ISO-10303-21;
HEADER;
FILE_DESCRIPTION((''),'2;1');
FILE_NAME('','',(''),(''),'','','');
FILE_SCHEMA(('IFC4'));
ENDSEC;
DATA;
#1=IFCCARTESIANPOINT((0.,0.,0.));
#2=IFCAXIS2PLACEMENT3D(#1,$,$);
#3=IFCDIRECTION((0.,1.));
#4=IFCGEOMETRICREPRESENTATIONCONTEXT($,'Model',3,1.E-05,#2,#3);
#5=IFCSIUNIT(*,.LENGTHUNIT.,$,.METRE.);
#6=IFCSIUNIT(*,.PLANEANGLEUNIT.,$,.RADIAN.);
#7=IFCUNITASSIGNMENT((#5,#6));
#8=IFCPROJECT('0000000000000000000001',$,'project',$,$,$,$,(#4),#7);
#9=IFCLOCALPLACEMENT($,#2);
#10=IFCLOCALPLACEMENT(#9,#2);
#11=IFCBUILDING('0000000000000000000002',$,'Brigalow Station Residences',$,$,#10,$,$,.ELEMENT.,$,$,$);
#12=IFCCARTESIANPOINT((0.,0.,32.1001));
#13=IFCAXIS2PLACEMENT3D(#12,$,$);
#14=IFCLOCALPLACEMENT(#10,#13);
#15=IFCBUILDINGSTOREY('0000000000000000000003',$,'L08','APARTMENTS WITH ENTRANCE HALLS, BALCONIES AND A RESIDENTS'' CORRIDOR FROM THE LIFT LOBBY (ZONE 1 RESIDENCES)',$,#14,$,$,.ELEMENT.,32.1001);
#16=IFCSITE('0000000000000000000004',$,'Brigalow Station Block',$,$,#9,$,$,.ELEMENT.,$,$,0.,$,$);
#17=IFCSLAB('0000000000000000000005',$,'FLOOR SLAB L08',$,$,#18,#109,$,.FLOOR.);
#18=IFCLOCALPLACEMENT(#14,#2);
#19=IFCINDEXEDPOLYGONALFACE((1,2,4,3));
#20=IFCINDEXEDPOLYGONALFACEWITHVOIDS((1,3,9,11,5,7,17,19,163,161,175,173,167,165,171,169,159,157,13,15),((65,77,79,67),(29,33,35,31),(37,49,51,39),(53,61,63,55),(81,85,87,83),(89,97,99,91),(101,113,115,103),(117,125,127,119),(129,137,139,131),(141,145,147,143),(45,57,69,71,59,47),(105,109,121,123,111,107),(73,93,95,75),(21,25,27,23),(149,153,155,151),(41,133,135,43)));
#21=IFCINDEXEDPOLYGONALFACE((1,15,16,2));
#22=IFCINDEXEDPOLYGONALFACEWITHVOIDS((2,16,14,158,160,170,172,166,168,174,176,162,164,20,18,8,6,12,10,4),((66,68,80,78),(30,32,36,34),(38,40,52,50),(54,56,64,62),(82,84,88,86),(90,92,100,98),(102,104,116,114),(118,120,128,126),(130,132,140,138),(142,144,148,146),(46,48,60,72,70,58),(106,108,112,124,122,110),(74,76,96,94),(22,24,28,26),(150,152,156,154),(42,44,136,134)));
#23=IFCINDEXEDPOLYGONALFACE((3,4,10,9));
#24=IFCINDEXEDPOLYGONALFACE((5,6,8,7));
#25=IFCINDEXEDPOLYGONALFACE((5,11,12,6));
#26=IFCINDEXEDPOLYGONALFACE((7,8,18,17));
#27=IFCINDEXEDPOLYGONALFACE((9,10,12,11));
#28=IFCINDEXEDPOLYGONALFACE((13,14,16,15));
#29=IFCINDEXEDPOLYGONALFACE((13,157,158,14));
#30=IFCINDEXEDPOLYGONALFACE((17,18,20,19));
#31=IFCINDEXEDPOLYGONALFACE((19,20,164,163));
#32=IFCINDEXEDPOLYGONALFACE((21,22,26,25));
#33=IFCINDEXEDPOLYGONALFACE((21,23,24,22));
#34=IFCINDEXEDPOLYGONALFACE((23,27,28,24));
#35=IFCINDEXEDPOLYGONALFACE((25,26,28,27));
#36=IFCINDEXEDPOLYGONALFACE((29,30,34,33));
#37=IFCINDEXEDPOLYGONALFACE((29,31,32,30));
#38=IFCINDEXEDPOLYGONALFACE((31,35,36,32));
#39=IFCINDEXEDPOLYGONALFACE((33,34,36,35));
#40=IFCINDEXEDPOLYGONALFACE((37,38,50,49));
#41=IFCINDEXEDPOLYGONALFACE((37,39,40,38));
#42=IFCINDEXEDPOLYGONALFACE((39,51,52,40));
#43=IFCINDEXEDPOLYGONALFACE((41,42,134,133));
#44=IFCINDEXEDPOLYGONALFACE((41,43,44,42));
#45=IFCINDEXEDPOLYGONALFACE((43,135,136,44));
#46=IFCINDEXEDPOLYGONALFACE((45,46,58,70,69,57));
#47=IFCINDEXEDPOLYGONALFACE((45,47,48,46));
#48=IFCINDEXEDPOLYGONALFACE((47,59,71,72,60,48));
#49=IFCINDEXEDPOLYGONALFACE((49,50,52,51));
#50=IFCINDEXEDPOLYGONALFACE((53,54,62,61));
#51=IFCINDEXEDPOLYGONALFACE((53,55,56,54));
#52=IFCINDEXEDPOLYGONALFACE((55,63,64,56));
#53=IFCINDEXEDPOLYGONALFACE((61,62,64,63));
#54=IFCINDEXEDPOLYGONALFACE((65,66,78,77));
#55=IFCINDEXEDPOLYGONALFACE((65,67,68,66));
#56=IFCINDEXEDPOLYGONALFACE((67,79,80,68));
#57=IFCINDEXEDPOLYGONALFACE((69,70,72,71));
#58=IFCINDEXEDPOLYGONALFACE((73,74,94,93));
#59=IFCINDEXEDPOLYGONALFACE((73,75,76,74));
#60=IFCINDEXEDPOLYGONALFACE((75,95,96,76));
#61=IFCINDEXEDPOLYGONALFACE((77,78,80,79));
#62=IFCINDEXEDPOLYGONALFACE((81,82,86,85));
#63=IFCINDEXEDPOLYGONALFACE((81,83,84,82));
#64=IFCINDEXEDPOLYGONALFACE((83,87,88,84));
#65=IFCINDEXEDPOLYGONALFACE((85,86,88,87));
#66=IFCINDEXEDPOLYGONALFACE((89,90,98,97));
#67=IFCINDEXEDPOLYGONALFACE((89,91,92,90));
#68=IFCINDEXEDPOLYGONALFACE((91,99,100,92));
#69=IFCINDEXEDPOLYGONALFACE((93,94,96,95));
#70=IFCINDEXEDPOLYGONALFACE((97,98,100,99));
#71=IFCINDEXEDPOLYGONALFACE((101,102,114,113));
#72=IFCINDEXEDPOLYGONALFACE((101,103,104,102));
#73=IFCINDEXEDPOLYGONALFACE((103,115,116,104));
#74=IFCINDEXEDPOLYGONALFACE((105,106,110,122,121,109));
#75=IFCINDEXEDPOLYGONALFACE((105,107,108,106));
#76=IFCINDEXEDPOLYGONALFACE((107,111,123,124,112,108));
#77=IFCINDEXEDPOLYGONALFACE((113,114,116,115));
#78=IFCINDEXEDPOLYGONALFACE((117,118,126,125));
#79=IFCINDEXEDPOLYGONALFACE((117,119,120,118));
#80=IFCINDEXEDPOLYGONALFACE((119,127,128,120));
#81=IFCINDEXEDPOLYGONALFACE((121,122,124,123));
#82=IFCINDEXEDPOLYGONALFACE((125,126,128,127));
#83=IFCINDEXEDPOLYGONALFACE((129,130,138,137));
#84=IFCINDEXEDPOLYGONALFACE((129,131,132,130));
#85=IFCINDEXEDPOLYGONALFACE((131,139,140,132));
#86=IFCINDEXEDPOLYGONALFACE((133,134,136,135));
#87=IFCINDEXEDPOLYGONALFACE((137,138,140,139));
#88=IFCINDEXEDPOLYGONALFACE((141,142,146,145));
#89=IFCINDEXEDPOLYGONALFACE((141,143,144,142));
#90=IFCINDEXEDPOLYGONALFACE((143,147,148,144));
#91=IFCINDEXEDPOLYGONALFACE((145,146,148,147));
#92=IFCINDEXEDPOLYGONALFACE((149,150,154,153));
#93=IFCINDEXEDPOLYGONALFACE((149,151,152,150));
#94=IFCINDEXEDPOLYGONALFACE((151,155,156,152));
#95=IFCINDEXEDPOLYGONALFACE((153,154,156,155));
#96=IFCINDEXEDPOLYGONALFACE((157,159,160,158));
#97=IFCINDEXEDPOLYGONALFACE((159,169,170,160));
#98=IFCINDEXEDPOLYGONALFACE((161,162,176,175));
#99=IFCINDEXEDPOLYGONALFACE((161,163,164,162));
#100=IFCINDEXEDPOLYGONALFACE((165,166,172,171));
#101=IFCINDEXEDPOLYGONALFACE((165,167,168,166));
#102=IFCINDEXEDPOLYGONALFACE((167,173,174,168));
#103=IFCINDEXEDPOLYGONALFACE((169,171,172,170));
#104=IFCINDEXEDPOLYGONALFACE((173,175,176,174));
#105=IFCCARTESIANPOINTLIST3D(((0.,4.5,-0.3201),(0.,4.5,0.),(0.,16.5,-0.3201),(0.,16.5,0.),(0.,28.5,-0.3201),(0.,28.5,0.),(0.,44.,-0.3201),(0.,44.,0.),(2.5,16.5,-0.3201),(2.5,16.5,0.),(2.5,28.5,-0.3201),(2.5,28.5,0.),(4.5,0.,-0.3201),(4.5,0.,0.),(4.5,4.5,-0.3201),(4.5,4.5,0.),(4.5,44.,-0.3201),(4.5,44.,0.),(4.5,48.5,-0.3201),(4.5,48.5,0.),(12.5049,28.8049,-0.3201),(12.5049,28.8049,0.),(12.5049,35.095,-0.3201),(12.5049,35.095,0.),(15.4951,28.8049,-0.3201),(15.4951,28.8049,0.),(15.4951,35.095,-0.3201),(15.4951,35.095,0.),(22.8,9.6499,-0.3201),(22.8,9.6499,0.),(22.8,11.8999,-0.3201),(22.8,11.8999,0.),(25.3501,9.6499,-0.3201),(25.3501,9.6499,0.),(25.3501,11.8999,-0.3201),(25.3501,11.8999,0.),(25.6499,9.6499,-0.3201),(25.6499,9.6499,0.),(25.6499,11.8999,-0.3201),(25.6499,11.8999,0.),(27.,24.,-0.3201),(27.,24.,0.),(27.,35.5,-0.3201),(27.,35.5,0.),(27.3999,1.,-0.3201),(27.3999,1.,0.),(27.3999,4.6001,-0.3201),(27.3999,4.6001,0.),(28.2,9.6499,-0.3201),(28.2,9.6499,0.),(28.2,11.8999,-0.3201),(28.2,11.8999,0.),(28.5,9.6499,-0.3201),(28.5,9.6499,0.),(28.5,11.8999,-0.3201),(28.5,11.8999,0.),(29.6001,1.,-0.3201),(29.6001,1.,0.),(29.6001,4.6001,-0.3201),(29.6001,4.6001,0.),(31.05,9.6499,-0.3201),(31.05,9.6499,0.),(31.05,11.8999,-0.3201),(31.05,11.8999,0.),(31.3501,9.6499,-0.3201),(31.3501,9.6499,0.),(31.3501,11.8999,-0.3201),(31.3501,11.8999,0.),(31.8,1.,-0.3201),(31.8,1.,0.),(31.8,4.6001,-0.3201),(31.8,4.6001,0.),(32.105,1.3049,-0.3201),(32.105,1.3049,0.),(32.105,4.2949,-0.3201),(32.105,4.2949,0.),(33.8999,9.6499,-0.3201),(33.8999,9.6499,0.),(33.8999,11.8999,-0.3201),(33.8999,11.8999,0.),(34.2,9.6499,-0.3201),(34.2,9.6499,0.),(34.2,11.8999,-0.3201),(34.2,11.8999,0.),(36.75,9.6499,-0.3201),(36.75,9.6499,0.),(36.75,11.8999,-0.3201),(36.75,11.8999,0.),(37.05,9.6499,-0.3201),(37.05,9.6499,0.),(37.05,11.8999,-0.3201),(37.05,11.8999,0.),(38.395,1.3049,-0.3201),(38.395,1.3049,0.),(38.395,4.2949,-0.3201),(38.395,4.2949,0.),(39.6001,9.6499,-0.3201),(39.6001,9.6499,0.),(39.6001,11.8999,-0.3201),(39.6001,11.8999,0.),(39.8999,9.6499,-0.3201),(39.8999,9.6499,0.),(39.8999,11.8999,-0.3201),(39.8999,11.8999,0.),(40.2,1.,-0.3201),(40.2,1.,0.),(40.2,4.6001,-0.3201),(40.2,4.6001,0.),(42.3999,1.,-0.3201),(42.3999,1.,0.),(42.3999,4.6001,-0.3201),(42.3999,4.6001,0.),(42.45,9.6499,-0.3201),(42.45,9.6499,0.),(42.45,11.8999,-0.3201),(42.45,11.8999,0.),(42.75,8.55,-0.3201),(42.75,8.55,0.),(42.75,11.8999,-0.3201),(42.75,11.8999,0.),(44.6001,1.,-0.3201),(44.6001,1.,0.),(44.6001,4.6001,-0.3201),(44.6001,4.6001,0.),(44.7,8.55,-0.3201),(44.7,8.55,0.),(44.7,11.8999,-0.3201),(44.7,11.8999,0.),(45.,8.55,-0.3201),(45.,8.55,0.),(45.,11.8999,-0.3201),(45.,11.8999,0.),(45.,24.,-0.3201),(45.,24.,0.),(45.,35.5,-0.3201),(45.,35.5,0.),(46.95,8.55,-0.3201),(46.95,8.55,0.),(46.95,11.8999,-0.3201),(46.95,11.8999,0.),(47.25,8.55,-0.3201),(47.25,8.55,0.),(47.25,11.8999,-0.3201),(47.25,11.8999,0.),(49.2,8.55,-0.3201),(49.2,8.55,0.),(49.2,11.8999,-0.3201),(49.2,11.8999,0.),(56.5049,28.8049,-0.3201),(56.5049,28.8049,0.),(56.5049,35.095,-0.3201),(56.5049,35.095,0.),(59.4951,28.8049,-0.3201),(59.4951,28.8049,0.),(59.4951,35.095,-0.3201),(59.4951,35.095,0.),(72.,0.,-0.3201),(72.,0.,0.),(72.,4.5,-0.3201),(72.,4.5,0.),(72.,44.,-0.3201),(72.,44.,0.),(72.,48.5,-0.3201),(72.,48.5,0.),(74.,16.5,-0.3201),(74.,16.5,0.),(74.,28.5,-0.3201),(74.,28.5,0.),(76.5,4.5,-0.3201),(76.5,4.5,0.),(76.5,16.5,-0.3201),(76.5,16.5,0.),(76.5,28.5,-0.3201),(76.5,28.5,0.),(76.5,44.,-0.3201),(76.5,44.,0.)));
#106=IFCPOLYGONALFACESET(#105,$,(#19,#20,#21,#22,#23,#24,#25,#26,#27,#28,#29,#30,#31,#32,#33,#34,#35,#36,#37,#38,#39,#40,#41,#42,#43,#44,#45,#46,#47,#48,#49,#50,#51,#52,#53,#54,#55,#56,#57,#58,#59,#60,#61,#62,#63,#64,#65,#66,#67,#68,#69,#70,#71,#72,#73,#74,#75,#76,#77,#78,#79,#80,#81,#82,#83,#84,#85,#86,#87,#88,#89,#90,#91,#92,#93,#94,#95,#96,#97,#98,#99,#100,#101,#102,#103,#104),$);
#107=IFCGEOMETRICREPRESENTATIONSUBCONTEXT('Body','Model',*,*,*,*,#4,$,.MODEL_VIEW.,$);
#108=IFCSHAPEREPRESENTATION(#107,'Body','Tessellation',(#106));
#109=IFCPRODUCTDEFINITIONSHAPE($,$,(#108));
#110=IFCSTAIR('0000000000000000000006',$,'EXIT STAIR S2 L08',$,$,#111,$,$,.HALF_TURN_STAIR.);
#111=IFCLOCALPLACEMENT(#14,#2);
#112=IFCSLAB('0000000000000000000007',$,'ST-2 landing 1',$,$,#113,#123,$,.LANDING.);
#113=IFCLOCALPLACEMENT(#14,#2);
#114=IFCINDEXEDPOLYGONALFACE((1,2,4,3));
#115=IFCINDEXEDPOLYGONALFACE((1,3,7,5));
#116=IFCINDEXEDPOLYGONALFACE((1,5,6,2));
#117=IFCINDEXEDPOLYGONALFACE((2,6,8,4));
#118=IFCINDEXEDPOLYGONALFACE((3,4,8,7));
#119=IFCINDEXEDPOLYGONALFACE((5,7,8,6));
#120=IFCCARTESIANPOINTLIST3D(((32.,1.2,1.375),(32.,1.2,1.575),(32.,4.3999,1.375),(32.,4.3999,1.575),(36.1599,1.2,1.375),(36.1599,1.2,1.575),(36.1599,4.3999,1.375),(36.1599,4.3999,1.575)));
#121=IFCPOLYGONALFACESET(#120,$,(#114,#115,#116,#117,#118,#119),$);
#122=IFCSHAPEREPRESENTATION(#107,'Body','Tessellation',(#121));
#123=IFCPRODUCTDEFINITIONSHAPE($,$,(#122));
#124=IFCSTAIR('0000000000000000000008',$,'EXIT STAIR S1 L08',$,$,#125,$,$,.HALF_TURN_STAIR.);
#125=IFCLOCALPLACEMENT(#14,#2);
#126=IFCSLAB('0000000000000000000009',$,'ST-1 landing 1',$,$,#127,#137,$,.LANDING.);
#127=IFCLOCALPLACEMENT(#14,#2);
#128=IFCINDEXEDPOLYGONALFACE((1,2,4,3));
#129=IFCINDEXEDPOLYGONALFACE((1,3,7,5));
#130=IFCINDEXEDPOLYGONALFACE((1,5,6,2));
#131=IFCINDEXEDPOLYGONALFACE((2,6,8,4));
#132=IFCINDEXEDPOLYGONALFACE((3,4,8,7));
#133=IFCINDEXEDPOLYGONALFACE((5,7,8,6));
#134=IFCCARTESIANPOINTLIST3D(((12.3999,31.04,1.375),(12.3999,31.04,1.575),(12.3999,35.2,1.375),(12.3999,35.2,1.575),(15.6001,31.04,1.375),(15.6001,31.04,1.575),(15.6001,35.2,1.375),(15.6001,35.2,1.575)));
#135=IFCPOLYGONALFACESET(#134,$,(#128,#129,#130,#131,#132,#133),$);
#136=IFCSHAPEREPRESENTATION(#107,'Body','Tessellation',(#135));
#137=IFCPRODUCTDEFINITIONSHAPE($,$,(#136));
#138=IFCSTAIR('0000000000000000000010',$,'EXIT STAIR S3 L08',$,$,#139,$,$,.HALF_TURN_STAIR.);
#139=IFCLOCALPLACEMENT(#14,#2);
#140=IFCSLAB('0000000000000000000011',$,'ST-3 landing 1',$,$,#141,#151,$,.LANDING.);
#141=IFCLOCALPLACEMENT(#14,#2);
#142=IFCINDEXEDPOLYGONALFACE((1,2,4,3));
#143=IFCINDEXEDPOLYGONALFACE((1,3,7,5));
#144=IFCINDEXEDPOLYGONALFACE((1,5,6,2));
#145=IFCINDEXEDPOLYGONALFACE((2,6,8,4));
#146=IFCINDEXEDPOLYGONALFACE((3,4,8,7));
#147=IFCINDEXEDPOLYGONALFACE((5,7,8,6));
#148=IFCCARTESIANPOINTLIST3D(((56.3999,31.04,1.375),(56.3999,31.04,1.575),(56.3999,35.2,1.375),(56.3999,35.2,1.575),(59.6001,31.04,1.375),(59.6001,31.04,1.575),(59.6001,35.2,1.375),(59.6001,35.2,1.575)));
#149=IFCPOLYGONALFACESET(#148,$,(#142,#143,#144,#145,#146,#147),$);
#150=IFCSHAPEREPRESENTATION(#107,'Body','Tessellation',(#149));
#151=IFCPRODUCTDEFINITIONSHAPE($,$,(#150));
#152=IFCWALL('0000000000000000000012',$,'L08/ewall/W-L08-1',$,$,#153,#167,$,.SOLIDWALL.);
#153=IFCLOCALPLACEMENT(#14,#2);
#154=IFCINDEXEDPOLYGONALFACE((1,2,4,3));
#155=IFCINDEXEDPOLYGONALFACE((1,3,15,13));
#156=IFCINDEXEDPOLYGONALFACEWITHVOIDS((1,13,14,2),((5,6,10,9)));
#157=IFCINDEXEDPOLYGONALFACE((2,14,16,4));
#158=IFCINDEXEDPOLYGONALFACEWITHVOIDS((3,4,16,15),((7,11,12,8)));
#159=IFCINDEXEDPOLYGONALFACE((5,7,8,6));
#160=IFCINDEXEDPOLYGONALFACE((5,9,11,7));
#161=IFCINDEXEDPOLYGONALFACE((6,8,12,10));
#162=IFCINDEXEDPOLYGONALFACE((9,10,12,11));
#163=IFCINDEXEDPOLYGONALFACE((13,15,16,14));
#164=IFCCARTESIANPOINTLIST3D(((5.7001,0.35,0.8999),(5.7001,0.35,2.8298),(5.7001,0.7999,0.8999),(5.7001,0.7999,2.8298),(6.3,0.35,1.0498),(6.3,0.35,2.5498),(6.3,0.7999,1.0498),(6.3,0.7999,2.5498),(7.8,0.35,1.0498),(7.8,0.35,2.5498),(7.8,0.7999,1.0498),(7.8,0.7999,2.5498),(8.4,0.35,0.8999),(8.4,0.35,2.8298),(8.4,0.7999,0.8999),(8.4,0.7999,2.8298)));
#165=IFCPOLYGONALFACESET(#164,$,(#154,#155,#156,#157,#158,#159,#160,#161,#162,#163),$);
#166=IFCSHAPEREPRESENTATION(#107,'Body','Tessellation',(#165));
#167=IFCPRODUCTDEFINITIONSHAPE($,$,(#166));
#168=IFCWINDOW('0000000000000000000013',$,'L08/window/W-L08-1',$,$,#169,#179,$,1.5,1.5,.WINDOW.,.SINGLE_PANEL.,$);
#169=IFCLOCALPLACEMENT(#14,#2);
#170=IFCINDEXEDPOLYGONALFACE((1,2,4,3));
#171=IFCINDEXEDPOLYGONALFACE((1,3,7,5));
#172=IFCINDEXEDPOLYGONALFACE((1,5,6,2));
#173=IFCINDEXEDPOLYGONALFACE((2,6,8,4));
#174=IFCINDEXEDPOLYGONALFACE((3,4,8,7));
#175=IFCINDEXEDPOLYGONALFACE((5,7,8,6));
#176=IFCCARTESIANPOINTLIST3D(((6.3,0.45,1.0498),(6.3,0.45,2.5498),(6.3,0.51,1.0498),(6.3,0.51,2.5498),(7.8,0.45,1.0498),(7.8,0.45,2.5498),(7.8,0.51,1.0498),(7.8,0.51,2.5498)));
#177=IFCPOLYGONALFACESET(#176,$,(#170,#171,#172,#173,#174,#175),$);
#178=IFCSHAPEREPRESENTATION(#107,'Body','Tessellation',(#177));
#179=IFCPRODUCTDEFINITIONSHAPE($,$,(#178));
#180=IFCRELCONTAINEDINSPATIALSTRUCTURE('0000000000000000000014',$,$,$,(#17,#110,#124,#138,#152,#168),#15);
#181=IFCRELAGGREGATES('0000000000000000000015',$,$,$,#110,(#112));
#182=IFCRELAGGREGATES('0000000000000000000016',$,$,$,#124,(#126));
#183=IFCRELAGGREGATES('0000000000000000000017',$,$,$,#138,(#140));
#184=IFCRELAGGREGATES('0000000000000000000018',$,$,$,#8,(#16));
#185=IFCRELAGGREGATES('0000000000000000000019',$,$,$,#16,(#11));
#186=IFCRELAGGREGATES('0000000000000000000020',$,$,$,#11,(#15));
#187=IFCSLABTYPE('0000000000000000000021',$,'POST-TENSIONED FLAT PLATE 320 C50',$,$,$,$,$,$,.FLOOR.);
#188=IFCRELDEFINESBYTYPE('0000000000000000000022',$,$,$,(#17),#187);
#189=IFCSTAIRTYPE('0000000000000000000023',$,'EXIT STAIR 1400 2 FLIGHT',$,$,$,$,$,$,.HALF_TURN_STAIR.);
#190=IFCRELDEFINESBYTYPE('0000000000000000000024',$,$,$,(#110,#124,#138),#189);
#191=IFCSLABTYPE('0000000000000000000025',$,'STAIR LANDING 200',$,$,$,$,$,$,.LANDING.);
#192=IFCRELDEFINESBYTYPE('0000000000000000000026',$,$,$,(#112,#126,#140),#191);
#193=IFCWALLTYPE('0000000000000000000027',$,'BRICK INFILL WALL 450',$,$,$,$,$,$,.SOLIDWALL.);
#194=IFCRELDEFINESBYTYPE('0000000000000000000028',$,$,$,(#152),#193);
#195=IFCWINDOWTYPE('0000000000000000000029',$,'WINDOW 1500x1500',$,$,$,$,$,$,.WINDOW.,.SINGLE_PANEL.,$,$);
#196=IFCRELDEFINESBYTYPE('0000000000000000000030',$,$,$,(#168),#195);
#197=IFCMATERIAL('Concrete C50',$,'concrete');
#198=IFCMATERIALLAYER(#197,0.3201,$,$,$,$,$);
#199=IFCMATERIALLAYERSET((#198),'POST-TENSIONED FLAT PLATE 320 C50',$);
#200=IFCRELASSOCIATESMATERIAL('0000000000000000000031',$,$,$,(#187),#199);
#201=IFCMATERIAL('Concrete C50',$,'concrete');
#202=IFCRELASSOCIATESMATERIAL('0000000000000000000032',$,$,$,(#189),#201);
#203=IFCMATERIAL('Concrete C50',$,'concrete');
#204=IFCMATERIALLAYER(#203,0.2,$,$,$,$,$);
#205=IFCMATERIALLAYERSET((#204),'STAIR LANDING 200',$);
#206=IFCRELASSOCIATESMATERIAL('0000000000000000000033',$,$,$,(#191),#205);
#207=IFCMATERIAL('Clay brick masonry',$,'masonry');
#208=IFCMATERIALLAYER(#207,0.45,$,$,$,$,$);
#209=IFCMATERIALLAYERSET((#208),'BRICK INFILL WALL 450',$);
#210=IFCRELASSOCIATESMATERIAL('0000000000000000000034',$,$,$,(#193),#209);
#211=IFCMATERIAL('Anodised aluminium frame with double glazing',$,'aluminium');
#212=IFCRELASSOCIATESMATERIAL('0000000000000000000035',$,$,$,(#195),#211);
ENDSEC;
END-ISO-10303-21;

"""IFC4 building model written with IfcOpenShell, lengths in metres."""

from ifc_helpers import new_model, si_unit, direction, frame, frame_2d, origin, place, context, subcontext, project, spatial, polyline, rectangle, outline, extrude, material, layer, layer_set, type_object, element, fill, aggregate, save


model = new_model("IFC4")

# Units and contexts
model_context = context("Model", 3, precision=1e-05, world=origin(), true_north=direction((0.0, 1.0)))
body_context = subcontext(model_context, "Body", "Model", "MODEL_VIEW")
ifc_project = project(units=[si_unit("LENGTHUNIT", "METRE"), si_unit("PLANEANGLEUNIT", "RADIAN")], contexts=[model_context])

# Site, building, storey
site_placement = place(None, origin())
site = spatial("IfcSite", under=ifc_project, at=site_placement, Name="Brigalow Station Block", CompositionType="ELEMENT", RefElevation=0.0)
building_placement = place(site_placement, origin())
building = spatial("IfcBuilding", under=site, at=building_placement, Name="Brigalow Station Residences", CompositionType="ELEMENT")
storey_placement = place(building_placement, frame((0.0, 0.0, 32.1001)))
storey = spatial("IfcBuildingStorey", under=building, at=storey_placement, Name="L08", Description="APARTMENTS WITH ENTRANCE HALLS, BALCONIES AND A RESIDENTS' CORRIDOR FROM THE LIFT LOBBY (ZONE 1 RESIDENCES)", CompositionType="ELEMENT", Elevation=32.1001)

# Slab
ifc_material_1 = material(Name="Concrete C50", Category="concrete")
ifc_layer_1 = layer(ifc_material_1, 0.3201)
ifc_layer_set_1 = layer_set([ifc_layer_1], Name="POST-TENSIONED FLAT PLATE 320 C50")
slab_type_1 = type_object("IfcSlabType", Name="POST-TENSIONED FLAT PLATE 320 C50", PredefinedType="FLOOR", material=ifc_layer_set_1)
slab_1_placement = place(storey_placement, frame((0.0, 0.0, -0.3201)))
element("IfcSlab", 1, at=slab_1_placement, inside=storey, type_object=slab_type_1, Name="FLOOR SLAB L08", PredefinedType="FLOOR", context=body_context, shape_type="SweptSolid", body=[
    extrude(outline(polyline([(4.5, 0.0), (72.0, 0.0), (72.0, 4.5), (76.5, 4.5), (76.5, 16.5), (74.0, 16.5), (74.0, 28.5), (76.5, 28.5), (76.5, 44.0), (72.0, 44.0), (72.0, 48.5), (4.5, 48.5), (4.5, 44.0), (0.0, 44.0), (0.0, 28.5), (2.5, 28.5), (2.5, 16.5), (0.0, 16.5), (0.0, 4.5), (4.5, 4.5), (4.5, 0.0)]), holes=[polyline([(15.4951, 35.095), (15.4951, 28.8049), (12.5049, 28.8049), (12.5049, 35.095), (15.4951, 35.095)]), polyline([(22.8, 11.8999), (25.3501, 11.8999), (25.3501, 9.6499), (22.8, 9.6499), (22.8, 11.8999)]), polyline([(25.6499, 11.8999), (28.2, 11.8999), (28.2, 9.6499), (25.6499, 9.6499), (25.6499, 11.8999)]), polyline([(28.5, 11.8999), (31.05, 11.8999), (31.05, 9.6499), (28.5, 9.6499), (28.5, 11.8999)]), polyline([(29.6001, 1.0), (27.3999, 1.0), (27.3999, 4.6001), (29.6001, 4.6001), (31.8, 4.6001), (31.8, 1.0), (29.6001, 1.0)]), polyline([(31.3501, 11.8999), (33.8999, 11.8999), (33.8999, 9.6499), (31.3501, 9.6499), (31.3501, 11.8999)]), polyline([(32.105, 4.2949), (38.395, 4.2949), (38.395, 1.3049), (32.105, 1.3049), (32.105, 4.2949)]), polyline([(36.75, 11.8999), (36.75, 9.6499), (34.2, 9.6499), (34.2, 11.8999), (36.75, 11.8999)]), polyline([(37.05, 11.8999), (39.6001, 11.8999), (39.6001, 9.6499), (37.05, 9.6499), (37.05, 11.8999)]), polyline([(39.8999, 11.8999), (42.45, 11.8999), (42.45, 9.6499), (39.8999, 9.6499), (39.8999, 11.8999)]), polyline([(42.3999, 1.0), (40.2, 1.0), (40.2, 4.6001), (42.3999, 4.6001), (44.6001, 4.6001), (44.6001, 1.0), (42.3999, 1.0)]), polyline([(42.75, 11.8999), (44.7, 11.8999), (44.7, 8.55), (42.75, 8.55), (42.75, 11.8999)]), polyline([(45.0, 11.8999), (46.95, 11.8999), (46.95, 8.55), (45.0, 8.55), (45.0, 11.8999)]), polyline([(45.0, 35.5), (45.0, 24.0), (27.0, 24.0), (27.0, 35.5), (45.0, 35.5)]), polyline([(47.25, 11.8999), (49.2, 11.8999), (49.2, 8.55), (47.25, 8.55), (47.25, 11.8999)]), polyline([(59.4951, 35.095), (59.4951, 28.8049), (56.5049, 28.8049), (56.5049, 35.095), (59.4951, 35.095)])]), origin(), (0.0, 0.0, 1.0), 0.3201),
])

# Stairs, slabs
ifc_material_2 = material(Name="Concrete C50", Category="concrete")
stair_type = type_object("IfcStairType", Name="EXIT STAIR 1400 2 FLIGHT", PredefinedType="HALF_TURN_STAIR", material=ifc_material_2)
stair_1_placement = place(storey_placement, origin())
stair_1 = element("IfcStair", 2, at=stair_1_placement, inside=storey, type_object=stair_type, Name="EXIT STAIR S2 L08", PredefinedType="HALF_TURN_STAIR")
ifc_material_3 = material(Name="Concrete C50", Category="concrete")
ifc_layer_2 = layer(ifc_material_3, 0.2)
ifc_layer_set_2 = layer_set([ifc_layer_2], Name="STAIR LANDING 200")
slab_type_2 = type_object("IfcSlabType", Name="STAIR LANDING 200", PredefinedType="LANDING", material=ifc_layer_set_2)
slab_2_placement = place(storey_placement, frame((0.0, 0.0, 1.375)))
slab_2 = element("IfcSlab", 3, at=slab_2_placement, type_object=slab_type_2, Name="ST-2 landing 1", PredefinedType="LANDING", context=body_context, shape_type="SweptSolid", body=[
    extrude(outline(polyline([(32.0, 1.2), (36.1599, 1.2), (36.1599, 4.3999), (32.0, 4.3999), (32.0, 1.2)])), origin(), (0.0, 0.0, 1.0), 0.2),
])
aggregate(stair_1, [slab_2])
stair_2_placement = place(storey_placement, origin())
stair_2 = element("IfcStair", 4, at=stair_2_placement, inside=storey, type_object=stair_type, Name="EXIT STAIR S1 L08", PredefinedType="HALF_TURN_STAIR")
slab_3_placement = place(storey_placement, frame((0.0, 0.0, 1.375)))
slab_3 = element("IfcSlab", 5, at=slab_3_placement, type_object=slab_type_2, Name="ST-1 landing 1", PredefinedType="LANDING", context=body_context, shape_type="SweptSolid", body=[
    extrude(outline(polyline([(12.3999, 31.04), (15.6001, 31.04), (15.6001, 35.2), (12.3999, 35.2), (12.3999, 31.04)])), origin(), (0.0, 0.0, 1.0), 0.2),
])
aggregate(stair_2, [slab_3])
stair_3_placement = place(storey_placement, origin())
stair_3 = element("IfcStair", 6, at=stair_3_placement, inside=storey, type_object=stair_type, Name="EXIT STAIR S3 L08", PredefinedType="HALF_TURN_STAIR")
slab_4_placement = place(storey_placement, frame((0.0, 0.0, 1.375)))
slab_4 = element("IfcSlab", 7, at=slab_4_placement, type_object=slab_type_2, Name="ST-3 landing 1", PredefinedType="LANDING", context=body_context, shape_type="SweptSolid", body=[
    extrude(outline(polyline([(56.3999, 31.04), (59.6001, 31.04), (59.6001, 35.2), (56.3999, 35.2), (56.3999, 31.04)])), origin(), (0.0, 0.0, 1.0), 0.2),
])
aggregate(stair_3, [slab_4])

# Wall, opening, window
ifc_material_4 = material(Name="Clay brick masonry", Category="masonry")
ifc_layer_3 = layer(ifc_material_4, 0.45)
ifc_layer_set_3 = layer_set([ifc_layer_3], Name="BRICK INFILL WALL 450")
wall_type_1 = type_object("IfcWallType", Name="BRICK INFILL WALL 450", PredefinedType="SOLIDWALL", material=ifc_layer_set_3)
wall_1_placement = place(storey_placement, frame((5.7, 0.575, 0.8999), z_axis=(0.0, 0.0, 1.0), x_axis=(1.0, 0.0, 0.0)))
wall_1 = element("IfcWall", 8, at=wall_1_placement, inside=storey, type_object=wall_type_1, Name="L08/ewall/W-L08-1", PredefinedType="SOLIDWALL", context=body_context, shape_type="SweptSolid", body=[
    extrude(rectangle(XDim=2.7, YDim=0.45, at=frame_2d((1.3501, 0.0))), origin(), (0.0, 0.0, 1.0), 1.9299),
])
opening_1_placement = place(wall_1_placement, frame((0.6001, 0.0, 0.1499)))
opening_1 = element("IfcOpeningElement", 9, at=opening_1_placement, cuts=wall_1, PredefinedType="OPENING", context=body_context, shape_type="SweptSolid", body=[
    extrude(rectangle(XDim=1.5, YDim=1.5, at=frame_2d((0.75, 0.75))), frame((0.0, 0.2349, 0.0), z_axis=(0.0, -1.0, 0.0), x_axis=(1.0, 0.0, 0.0)), (0.0, 0.0, 1.0), 0.47),
])
ifc_material_5 = material(Name="Anodised aluminium frame with double glazing", Category="aluminium")
window_type_1 = type_object("IfcWindowType", Name="WINDOW 1500x1500", PartitioningType="SINGLE_PANEL", PredefinedType="WINDOW", material=ifc_material_5)
window_1_placement = place(opening_1_placement, origin())
window_1 = element("IfcWindow", 10, at=window_1_placement, inside=storey, type_object=window_type_1, Name="L08/window/W-L08-1", OverallHeight=1.5, OverallWidth=1.5, PartitioningType="SINGLE_PANEL", PredefinedType="WINDOW", context=body_context, shape_type="SweptSolid", body=[
    extrude(rectangle(XDim=1.5, YDim=1.5, at=frame_2d((0.75, 0.75))), frame((0.0, -0.0649, 0.0), z_axis=(0.0, -1.0, 0.0), x_axis=(1.0, 0.0, 0.0)), (0.0, 0.0, 1.0), 0.0601),
])
fill(opening_1, window_1)

save(model, "model.ifc")
